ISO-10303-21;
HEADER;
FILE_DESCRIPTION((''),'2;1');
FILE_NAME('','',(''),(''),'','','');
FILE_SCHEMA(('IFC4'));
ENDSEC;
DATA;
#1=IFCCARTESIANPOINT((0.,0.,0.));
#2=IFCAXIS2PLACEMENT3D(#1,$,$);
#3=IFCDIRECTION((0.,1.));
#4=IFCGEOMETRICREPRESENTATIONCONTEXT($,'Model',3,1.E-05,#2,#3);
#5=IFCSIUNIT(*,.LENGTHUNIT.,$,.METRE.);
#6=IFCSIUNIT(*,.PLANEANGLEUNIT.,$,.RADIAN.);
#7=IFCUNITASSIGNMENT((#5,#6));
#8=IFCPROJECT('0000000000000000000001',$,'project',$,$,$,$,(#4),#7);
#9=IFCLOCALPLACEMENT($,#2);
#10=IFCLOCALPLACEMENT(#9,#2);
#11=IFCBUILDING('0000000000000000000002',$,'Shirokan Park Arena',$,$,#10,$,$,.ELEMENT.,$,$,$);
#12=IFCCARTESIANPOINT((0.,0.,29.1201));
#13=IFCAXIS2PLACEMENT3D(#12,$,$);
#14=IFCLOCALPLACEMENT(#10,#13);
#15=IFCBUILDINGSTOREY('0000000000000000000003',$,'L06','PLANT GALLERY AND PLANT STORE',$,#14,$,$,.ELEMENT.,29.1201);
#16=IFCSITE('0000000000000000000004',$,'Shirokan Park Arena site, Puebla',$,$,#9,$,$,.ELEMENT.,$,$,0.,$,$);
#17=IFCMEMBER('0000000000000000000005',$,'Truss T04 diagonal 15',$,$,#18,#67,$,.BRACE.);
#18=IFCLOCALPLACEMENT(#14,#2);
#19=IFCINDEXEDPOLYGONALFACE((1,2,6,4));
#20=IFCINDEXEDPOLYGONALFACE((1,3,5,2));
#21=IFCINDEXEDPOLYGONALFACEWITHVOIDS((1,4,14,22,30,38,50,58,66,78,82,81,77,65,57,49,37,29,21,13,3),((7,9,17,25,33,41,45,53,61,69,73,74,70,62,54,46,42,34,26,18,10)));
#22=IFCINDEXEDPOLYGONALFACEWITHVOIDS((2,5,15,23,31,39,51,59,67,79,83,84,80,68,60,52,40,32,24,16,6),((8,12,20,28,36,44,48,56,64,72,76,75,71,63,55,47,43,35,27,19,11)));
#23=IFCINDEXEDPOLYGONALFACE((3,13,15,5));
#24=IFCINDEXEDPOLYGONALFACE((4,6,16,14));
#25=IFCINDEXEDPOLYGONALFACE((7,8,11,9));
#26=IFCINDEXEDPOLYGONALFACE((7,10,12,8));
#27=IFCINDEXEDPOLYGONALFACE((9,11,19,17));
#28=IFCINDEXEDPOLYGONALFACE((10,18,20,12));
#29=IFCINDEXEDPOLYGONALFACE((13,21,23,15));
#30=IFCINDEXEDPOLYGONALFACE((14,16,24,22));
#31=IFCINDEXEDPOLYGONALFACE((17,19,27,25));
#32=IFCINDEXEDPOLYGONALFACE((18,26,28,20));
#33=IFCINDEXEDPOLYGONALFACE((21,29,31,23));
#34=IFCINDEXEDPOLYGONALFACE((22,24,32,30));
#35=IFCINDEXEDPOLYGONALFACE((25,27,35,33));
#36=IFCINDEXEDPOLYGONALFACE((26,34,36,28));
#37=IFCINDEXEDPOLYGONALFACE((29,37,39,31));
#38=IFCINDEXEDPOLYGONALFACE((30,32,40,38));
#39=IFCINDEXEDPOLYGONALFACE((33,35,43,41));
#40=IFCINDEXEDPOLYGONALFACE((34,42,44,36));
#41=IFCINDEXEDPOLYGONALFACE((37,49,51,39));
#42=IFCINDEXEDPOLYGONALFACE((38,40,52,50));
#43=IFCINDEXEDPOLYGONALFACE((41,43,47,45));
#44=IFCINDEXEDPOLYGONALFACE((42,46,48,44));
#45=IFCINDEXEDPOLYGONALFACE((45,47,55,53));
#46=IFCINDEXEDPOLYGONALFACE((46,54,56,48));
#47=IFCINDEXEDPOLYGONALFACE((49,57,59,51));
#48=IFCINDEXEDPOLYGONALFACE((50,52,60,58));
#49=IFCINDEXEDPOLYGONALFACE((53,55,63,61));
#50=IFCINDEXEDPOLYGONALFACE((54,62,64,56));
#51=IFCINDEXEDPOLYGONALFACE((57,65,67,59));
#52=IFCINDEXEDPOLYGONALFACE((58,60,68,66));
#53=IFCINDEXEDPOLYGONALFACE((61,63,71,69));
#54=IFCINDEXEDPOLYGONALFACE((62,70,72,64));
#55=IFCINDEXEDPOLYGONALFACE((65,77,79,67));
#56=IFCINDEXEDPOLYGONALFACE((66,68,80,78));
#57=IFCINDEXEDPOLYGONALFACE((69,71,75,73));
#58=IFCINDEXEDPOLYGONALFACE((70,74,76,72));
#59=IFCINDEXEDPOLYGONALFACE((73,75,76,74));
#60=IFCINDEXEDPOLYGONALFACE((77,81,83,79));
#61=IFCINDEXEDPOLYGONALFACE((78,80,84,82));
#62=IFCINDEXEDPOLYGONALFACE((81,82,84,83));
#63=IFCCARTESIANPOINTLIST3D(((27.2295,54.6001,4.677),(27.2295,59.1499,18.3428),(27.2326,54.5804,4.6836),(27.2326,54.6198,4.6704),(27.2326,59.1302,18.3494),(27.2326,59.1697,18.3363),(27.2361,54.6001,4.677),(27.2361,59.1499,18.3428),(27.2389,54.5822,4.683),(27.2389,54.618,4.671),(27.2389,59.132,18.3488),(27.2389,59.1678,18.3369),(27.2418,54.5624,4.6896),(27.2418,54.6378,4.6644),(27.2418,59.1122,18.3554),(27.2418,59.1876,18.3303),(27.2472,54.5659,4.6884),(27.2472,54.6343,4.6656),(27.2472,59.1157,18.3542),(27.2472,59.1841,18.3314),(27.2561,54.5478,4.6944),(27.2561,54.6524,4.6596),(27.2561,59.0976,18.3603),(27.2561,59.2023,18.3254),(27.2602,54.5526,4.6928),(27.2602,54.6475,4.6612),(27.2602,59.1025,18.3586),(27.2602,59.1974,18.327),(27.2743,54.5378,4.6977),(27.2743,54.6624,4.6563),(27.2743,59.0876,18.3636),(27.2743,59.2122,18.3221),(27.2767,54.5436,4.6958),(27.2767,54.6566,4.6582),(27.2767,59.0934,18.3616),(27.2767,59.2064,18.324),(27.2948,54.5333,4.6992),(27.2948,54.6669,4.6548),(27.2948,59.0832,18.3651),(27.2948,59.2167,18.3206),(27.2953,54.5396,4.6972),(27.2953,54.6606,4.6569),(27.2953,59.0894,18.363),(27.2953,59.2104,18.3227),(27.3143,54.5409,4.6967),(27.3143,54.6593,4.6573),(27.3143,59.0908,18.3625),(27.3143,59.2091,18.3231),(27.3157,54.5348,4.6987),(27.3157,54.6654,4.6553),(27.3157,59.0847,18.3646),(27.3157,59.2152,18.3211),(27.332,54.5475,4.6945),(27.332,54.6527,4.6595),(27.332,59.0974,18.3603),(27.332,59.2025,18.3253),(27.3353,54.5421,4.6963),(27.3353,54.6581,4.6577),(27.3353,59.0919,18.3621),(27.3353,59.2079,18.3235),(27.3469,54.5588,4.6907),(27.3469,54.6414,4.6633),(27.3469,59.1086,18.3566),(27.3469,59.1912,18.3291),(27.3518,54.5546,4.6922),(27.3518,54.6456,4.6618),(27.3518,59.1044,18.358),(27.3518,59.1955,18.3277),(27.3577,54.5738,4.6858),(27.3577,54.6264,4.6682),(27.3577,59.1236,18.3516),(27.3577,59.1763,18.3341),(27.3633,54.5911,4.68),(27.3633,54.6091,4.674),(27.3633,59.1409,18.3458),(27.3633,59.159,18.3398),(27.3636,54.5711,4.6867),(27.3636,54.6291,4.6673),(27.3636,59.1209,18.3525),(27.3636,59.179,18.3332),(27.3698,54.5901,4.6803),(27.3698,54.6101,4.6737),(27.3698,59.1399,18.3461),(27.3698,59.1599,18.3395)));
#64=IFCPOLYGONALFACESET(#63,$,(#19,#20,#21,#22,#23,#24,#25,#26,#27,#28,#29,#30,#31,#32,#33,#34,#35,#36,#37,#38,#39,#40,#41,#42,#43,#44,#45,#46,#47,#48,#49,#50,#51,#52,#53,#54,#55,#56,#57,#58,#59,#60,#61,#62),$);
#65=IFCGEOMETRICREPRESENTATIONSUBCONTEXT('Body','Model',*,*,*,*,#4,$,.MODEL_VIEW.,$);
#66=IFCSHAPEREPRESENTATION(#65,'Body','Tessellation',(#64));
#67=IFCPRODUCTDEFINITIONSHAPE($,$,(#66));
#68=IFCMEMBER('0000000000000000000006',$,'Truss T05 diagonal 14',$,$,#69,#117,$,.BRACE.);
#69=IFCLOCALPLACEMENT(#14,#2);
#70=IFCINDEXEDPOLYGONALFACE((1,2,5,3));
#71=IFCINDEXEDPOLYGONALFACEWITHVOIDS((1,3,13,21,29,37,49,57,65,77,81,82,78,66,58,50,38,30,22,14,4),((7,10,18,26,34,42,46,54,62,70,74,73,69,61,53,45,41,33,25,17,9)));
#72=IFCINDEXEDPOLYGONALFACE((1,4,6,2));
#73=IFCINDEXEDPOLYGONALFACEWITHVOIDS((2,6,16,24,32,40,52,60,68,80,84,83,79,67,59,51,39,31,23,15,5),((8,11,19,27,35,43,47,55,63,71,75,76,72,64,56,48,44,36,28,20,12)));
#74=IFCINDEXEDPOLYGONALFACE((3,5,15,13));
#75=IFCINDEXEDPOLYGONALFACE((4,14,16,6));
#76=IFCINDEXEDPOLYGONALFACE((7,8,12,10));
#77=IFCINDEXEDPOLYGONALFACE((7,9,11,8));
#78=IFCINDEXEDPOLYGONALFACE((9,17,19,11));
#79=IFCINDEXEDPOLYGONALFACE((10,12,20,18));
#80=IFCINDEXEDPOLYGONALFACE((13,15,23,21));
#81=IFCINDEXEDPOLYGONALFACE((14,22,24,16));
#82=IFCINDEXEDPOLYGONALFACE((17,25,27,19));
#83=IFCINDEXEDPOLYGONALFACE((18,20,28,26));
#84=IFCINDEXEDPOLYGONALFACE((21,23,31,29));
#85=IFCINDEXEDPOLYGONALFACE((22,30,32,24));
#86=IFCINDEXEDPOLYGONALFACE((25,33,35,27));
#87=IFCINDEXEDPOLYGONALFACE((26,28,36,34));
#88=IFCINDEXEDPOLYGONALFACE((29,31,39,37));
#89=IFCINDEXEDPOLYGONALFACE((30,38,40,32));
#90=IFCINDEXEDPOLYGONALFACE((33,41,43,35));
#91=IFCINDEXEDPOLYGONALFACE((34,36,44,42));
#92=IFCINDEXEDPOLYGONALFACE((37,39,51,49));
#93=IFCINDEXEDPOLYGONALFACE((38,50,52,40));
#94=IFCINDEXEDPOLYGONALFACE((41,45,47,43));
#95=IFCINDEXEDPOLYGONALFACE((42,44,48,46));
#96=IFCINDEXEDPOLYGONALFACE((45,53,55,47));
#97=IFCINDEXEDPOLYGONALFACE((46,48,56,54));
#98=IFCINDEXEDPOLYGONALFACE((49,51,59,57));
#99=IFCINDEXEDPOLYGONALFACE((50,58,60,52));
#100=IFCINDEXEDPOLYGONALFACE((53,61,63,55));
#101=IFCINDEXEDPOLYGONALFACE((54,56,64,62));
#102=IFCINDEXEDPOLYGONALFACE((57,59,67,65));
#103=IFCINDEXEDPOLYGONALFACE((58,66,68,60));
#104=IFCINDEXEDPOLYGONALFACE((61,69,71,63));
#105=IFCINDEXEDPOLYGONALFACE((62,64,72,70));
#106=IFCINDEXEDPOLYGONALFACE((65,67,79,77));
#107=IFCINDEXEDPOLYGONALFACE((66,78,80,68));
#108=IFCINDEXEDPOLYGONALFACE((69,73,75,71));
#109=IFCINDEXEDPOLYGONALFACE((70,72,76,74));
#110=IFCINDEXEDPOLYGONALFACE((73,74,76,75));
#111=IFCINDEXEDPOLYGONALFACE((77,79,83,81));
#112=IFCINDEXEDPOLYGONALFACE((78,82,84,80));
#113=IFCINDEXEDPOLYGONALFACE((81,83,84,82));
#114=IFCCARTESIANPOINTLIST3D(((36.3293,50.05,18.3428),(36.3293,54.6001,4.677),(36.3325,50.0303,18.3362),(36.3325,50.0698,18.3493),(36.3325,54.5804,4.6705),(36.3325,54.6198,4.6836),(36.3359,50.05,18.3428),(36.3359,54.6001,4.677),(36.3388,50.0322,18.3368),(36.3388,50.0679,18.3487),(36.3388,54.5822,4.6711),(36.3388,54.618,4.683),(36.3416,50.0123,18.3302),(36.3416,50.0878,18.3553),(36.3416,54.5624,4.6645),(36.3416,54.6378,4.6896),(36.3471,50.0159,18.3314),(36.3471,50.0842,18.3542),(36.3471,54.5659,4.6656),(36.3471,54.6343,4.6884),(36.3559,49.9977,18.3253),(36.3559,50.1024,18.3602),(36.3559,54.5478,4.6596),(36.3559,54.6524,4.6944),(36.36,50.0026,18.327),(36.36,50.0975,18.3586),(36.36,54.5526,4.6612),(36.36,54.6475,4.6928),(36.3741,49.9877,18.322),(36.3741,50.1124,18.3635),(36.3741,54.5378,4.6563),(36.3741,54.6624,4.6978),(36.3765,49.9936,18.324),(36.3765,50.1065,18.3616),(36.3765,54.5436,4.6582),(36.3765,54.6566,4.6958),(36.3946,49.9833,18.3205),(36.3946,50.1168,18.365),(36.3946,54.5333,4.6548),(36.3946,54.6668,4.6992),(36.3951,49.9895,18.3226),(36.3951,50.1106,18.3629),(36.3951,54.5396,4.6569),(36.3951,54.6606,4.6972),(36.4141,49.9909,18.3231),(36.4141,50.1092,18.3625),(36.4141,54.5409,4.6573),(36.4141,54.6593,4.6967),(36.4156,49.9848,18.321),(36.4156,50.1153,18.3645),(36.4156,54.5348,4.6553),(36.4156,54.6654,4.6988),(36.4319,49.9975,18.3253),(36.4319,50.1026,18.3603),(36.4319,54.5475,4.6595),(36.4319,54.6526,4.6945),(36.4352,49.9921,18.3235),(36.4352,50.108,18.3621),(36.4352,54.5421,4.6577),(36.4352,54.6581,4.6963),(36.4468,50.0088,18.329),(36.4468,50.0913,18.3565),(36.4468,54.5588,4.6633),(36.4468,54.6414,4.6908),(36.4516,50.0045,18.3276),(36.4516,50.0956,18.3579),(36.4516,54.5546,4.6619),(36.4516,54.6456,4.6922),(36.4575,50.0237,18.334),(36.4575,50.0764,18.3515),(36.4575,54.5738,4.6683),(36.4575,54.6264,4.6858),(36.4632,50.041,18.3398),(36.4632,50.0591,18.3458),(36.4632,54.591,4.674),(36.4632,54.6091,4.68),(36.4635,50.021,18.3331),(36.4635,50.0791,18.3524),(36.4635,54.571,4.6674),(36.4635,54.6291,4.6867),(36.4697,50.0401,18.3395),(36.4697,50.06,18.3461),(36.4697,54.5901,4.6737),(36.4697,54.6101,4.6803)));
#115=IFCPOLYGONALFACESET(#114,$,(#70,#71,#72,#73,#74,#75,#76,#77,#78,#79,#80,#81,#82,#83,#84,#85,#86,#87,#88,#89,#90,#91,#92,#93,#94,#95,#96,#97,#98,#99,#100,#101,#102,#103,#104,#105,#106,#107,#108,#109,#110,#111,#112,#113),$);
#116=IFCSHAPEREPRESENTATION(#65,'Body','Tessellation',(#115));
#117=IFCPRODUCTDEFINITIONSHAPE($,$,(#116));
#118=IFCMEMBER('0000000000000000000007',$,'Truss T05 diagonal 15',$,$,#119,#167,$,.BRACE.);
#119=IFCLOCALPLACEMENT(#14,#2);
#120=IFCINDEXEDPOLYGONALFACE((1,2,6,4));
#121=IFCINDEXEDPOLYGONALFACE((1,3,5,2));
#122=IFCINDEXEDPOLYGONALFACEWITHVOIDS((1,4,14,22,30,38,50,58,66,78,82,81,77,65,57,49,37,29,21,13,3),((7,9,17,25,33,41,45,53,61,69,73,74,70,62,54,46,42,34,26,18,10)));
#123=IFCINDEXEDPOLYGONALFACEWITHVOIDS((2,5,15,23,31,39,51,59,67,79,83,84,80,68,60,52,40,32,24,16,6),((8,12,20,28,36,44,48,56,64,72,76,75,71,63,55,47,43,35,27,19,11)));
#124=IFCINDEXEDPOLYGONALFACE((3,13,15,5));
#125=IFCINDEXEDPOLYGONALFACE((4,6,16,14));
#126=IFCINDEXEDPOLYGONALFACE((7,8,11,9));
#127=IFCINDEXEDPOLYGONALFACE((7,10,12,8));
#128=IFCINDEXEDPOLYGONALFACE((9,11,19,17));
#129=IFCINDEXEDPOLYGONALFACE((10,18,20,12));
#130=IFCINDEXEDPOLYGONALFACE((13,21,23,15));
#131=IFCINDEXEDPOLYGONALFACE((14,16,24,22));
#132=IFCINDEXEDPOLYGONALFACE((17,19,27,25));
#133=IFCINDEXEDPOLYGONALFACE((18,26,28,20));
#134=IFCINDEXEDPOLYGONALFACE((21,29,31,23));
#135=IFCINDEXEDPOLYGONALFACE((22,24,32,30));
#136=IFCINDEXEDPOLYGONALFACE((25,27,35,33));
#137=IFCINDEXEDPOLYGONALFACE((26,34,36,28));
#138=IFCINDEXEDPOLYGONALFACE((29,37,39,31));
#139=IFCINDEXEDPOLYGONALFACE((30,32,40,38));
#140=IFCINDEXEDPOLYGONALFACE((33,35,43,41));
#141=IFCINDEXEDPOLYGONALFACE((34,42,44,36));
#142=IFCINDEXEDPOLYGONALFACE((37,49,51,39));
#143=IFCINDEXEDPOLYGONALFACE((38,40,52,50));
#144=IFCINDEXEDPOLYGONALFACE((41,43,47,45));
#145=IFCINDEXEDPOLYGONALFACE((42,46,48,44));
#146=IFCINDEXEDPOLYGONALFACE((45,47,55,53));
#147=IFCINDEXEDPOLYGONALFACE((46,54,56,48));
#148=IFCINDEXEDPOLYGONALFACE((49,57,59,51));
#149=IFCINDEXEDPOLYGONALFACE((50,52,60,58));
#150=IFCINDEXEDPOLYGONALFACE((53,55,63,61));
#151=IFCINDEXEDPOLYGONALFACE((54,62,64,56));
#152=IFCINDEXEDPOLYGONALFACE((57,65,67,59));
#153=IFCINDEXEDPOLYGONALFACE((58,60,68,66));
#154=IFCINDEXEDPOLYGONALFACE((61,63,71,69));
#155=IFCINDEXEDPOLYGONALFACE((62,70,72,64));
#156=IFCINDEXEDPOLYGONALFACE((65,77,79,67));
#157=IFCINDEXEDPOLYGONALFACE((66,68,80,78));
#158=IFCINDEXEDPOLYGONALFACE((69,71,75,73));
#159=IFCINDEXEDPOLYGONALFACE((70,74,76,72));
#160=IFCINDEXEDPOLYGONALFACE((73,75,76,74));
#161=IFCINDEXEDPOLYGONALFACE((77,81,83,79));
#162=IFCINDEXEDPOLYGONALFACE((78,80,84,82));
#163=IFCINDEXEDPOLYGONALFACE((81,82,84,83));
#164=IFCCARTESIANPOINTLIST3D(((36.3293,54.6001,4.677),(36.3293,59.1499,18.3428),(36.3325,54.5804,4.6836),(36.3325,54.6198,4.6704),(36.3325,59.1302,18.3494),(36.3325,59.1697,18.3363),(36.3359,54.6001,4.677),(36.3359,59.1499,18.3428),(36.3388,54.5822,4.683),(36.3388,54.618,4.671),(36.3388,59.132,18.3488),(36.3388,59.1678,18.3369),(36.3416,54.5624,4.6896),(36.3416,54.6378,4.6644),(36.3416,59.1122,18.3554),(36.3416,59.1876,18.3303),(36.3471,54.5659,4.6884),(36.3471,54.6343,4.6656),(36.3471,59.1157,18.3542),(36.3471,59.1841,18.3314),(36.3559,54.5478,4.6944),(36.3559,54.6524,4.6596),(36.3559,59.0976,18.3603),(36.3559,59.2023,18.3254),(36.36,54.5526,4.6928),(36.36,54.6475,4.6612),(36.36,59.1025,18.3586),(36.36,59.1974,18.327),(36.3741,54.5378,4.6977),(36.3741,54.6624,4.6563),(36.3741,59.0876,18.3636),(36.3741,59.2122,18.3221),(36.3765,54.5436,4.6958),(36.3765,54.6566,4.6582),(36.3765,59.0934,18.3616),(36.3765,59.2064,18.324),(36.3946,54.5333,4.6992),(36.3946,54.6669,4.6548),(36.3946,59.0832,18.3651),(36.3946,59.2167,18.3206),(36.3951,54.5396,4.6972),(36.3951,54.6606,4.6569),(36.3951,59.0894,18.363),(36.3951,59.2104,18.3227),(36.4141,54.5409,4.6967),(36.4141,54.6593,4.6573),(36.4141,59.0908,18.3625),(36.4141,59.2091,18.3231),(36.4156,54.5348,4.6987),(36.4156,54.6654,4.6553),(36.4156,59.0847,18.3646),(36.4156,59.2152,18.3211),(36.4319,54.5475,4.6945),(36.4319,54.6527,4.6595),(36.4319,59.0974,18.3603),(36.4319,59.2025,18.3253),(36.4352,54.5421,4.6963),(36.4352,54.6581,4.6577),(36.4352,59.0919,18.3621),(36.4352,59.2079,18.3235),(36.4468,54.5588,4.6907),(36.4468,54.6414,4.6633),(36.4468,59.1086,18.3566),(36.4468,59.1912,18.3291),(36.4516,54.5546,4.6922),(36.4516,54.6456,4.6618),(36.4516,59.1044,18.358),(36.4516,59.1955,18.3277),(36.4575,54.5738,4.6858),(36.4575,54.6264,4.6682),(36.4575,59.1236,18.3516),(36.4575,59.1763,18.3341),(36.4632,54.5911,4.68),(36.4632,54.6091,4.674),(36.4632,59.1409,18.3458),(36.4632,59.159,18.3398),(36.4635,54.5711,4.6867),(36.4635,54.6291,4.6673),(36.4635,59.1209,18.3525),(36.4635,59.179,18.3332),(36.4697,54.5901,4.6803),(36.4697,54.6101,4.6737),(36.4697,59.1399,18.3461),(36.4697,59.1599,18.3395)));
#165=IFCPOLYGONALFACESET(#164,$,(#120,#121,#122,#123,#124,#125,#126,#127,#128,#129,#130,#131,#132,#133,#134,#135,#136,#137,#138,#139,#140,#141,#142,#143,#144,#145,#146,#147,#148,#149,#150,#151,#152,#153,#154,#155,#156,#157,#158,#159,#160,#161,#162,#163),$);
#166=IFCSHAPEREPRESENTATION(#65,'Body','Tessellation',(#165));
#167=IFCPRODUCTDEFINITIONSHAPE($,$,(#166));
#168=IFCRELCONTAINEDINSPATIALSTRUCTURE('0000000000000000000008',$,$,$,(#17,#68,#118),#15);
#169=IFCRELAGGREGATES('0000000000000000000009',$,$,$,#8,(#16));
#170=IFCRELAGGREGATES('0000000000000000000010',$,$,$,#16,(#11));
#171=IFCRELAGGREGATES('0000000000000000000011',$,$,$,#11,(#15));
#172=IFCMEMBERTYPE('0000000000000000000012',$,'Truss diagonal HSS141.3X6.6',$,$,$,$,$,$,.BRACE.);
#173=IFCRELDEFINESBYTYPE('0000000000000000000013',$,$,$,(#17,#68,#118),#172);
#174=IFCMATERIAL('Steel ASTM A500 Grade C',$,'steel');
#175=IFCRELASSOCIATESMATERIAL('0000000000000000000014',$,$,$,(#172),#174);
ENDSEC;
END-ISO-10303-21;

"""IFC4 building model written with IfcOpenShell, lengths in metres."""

from ifc_helpers import new_model, si_unit, direction, frame, origin, origin_2d, place, context, subcontext, project, spatial, hollow_circle, extrude, material, material_profile, profile_set, type_object, element, save


model = new_model("IFC4")

# Units and contexts
model_context = context("Model", 3, precision=1e-05, world=origin(), true_north=direction((0.0, 1.0)))
body_context = subcontext(model_context, "Body", "Model", "MODEL_VIEW")
ifc_project = project(units=[si_unit("LENGTHUNIT", "METRE"), si_unit("PLANEANGLEUNIT", "RADIAN")], contexts=[model_context])

# Site, building, storey
site_placement = place(None, origin())
site = spatial("IfcSite", under=ifc_project, at=site_placement, Name="Shirokan Park Arena site, Puebla", CompositionType="ELEMENT", RefElevation=0.0)
building_placement = place(site_placement, origin())
building = spatial("IfcBuilding", under=site, at=building_placement, Name="Shirokan Park Arena", CompositionType="ELEMENT")
storey_placement = place(building_placement, frame((0.0, 0.0, 29.1201)))
storey = spatial("IfcBuildingStorey", under=building, at=storey_placement, Name="L06", Description="PLANT GALLERY AND PLANT STORE", CompositionType="ELEMENT", Elevation=29.1201)

# Members
ifc_material_1 = material(Name="Steel ASTM A500 Grade C", Category="steel")
ifc_material_profile_1 = material_profile(ifc_material_1, hollow_circle(Radius=0.0706, WallThickness=0.0066, at=origin_2d()), Name="HSS141.3X6.6")
ifc_profile_set_1 = profile_set([ifc_material_profile_1], Name="Steel ASTM A500 Grade C")
member_type_1 = type_object("IfcMemberType", Name="Truss diagonal HSS141.3X6.6", PredefinedType="BRACE", material=ifc_profile_set_1)
for number, where, z_axis, x_axis, name in (
    (1, (27.3, 54.6001, 4.677), (0.0, 0.315887, 0.948797), (-1.0, 0.0, 0.0), "Truss T04 diagonal 15"),
    (2, (36.3999, 50.05, 18.3428), (0.0, 0.315902, -0.948792), (-1.0, 0.0, 0.0), "Truss T05 diagonal 14"),
    (3, (36.3999, 54.6001, 4.677), (0.0, 0.315887, 0.948797), (-1.0, 0.0, 0.0), "Truss T05 diagonal 15"),
):
    element("IfcMember", number, at=place(storey_placement, frame(where, z_axis=z_axis, x_axis=x_axis)), inside=storey, type_object=member_type_1, Name=name, PredefinedType="BRACE", context=body_context, shape_type="SweptSolid", body=[
        extrude(hollow_circle(Radius=0.0706, WallThickness=0.0066, at=origin_2d()), origin(), (0.0, 0.0, 1.0), 14.4033),
    ])

save(model, "model.ifc")
